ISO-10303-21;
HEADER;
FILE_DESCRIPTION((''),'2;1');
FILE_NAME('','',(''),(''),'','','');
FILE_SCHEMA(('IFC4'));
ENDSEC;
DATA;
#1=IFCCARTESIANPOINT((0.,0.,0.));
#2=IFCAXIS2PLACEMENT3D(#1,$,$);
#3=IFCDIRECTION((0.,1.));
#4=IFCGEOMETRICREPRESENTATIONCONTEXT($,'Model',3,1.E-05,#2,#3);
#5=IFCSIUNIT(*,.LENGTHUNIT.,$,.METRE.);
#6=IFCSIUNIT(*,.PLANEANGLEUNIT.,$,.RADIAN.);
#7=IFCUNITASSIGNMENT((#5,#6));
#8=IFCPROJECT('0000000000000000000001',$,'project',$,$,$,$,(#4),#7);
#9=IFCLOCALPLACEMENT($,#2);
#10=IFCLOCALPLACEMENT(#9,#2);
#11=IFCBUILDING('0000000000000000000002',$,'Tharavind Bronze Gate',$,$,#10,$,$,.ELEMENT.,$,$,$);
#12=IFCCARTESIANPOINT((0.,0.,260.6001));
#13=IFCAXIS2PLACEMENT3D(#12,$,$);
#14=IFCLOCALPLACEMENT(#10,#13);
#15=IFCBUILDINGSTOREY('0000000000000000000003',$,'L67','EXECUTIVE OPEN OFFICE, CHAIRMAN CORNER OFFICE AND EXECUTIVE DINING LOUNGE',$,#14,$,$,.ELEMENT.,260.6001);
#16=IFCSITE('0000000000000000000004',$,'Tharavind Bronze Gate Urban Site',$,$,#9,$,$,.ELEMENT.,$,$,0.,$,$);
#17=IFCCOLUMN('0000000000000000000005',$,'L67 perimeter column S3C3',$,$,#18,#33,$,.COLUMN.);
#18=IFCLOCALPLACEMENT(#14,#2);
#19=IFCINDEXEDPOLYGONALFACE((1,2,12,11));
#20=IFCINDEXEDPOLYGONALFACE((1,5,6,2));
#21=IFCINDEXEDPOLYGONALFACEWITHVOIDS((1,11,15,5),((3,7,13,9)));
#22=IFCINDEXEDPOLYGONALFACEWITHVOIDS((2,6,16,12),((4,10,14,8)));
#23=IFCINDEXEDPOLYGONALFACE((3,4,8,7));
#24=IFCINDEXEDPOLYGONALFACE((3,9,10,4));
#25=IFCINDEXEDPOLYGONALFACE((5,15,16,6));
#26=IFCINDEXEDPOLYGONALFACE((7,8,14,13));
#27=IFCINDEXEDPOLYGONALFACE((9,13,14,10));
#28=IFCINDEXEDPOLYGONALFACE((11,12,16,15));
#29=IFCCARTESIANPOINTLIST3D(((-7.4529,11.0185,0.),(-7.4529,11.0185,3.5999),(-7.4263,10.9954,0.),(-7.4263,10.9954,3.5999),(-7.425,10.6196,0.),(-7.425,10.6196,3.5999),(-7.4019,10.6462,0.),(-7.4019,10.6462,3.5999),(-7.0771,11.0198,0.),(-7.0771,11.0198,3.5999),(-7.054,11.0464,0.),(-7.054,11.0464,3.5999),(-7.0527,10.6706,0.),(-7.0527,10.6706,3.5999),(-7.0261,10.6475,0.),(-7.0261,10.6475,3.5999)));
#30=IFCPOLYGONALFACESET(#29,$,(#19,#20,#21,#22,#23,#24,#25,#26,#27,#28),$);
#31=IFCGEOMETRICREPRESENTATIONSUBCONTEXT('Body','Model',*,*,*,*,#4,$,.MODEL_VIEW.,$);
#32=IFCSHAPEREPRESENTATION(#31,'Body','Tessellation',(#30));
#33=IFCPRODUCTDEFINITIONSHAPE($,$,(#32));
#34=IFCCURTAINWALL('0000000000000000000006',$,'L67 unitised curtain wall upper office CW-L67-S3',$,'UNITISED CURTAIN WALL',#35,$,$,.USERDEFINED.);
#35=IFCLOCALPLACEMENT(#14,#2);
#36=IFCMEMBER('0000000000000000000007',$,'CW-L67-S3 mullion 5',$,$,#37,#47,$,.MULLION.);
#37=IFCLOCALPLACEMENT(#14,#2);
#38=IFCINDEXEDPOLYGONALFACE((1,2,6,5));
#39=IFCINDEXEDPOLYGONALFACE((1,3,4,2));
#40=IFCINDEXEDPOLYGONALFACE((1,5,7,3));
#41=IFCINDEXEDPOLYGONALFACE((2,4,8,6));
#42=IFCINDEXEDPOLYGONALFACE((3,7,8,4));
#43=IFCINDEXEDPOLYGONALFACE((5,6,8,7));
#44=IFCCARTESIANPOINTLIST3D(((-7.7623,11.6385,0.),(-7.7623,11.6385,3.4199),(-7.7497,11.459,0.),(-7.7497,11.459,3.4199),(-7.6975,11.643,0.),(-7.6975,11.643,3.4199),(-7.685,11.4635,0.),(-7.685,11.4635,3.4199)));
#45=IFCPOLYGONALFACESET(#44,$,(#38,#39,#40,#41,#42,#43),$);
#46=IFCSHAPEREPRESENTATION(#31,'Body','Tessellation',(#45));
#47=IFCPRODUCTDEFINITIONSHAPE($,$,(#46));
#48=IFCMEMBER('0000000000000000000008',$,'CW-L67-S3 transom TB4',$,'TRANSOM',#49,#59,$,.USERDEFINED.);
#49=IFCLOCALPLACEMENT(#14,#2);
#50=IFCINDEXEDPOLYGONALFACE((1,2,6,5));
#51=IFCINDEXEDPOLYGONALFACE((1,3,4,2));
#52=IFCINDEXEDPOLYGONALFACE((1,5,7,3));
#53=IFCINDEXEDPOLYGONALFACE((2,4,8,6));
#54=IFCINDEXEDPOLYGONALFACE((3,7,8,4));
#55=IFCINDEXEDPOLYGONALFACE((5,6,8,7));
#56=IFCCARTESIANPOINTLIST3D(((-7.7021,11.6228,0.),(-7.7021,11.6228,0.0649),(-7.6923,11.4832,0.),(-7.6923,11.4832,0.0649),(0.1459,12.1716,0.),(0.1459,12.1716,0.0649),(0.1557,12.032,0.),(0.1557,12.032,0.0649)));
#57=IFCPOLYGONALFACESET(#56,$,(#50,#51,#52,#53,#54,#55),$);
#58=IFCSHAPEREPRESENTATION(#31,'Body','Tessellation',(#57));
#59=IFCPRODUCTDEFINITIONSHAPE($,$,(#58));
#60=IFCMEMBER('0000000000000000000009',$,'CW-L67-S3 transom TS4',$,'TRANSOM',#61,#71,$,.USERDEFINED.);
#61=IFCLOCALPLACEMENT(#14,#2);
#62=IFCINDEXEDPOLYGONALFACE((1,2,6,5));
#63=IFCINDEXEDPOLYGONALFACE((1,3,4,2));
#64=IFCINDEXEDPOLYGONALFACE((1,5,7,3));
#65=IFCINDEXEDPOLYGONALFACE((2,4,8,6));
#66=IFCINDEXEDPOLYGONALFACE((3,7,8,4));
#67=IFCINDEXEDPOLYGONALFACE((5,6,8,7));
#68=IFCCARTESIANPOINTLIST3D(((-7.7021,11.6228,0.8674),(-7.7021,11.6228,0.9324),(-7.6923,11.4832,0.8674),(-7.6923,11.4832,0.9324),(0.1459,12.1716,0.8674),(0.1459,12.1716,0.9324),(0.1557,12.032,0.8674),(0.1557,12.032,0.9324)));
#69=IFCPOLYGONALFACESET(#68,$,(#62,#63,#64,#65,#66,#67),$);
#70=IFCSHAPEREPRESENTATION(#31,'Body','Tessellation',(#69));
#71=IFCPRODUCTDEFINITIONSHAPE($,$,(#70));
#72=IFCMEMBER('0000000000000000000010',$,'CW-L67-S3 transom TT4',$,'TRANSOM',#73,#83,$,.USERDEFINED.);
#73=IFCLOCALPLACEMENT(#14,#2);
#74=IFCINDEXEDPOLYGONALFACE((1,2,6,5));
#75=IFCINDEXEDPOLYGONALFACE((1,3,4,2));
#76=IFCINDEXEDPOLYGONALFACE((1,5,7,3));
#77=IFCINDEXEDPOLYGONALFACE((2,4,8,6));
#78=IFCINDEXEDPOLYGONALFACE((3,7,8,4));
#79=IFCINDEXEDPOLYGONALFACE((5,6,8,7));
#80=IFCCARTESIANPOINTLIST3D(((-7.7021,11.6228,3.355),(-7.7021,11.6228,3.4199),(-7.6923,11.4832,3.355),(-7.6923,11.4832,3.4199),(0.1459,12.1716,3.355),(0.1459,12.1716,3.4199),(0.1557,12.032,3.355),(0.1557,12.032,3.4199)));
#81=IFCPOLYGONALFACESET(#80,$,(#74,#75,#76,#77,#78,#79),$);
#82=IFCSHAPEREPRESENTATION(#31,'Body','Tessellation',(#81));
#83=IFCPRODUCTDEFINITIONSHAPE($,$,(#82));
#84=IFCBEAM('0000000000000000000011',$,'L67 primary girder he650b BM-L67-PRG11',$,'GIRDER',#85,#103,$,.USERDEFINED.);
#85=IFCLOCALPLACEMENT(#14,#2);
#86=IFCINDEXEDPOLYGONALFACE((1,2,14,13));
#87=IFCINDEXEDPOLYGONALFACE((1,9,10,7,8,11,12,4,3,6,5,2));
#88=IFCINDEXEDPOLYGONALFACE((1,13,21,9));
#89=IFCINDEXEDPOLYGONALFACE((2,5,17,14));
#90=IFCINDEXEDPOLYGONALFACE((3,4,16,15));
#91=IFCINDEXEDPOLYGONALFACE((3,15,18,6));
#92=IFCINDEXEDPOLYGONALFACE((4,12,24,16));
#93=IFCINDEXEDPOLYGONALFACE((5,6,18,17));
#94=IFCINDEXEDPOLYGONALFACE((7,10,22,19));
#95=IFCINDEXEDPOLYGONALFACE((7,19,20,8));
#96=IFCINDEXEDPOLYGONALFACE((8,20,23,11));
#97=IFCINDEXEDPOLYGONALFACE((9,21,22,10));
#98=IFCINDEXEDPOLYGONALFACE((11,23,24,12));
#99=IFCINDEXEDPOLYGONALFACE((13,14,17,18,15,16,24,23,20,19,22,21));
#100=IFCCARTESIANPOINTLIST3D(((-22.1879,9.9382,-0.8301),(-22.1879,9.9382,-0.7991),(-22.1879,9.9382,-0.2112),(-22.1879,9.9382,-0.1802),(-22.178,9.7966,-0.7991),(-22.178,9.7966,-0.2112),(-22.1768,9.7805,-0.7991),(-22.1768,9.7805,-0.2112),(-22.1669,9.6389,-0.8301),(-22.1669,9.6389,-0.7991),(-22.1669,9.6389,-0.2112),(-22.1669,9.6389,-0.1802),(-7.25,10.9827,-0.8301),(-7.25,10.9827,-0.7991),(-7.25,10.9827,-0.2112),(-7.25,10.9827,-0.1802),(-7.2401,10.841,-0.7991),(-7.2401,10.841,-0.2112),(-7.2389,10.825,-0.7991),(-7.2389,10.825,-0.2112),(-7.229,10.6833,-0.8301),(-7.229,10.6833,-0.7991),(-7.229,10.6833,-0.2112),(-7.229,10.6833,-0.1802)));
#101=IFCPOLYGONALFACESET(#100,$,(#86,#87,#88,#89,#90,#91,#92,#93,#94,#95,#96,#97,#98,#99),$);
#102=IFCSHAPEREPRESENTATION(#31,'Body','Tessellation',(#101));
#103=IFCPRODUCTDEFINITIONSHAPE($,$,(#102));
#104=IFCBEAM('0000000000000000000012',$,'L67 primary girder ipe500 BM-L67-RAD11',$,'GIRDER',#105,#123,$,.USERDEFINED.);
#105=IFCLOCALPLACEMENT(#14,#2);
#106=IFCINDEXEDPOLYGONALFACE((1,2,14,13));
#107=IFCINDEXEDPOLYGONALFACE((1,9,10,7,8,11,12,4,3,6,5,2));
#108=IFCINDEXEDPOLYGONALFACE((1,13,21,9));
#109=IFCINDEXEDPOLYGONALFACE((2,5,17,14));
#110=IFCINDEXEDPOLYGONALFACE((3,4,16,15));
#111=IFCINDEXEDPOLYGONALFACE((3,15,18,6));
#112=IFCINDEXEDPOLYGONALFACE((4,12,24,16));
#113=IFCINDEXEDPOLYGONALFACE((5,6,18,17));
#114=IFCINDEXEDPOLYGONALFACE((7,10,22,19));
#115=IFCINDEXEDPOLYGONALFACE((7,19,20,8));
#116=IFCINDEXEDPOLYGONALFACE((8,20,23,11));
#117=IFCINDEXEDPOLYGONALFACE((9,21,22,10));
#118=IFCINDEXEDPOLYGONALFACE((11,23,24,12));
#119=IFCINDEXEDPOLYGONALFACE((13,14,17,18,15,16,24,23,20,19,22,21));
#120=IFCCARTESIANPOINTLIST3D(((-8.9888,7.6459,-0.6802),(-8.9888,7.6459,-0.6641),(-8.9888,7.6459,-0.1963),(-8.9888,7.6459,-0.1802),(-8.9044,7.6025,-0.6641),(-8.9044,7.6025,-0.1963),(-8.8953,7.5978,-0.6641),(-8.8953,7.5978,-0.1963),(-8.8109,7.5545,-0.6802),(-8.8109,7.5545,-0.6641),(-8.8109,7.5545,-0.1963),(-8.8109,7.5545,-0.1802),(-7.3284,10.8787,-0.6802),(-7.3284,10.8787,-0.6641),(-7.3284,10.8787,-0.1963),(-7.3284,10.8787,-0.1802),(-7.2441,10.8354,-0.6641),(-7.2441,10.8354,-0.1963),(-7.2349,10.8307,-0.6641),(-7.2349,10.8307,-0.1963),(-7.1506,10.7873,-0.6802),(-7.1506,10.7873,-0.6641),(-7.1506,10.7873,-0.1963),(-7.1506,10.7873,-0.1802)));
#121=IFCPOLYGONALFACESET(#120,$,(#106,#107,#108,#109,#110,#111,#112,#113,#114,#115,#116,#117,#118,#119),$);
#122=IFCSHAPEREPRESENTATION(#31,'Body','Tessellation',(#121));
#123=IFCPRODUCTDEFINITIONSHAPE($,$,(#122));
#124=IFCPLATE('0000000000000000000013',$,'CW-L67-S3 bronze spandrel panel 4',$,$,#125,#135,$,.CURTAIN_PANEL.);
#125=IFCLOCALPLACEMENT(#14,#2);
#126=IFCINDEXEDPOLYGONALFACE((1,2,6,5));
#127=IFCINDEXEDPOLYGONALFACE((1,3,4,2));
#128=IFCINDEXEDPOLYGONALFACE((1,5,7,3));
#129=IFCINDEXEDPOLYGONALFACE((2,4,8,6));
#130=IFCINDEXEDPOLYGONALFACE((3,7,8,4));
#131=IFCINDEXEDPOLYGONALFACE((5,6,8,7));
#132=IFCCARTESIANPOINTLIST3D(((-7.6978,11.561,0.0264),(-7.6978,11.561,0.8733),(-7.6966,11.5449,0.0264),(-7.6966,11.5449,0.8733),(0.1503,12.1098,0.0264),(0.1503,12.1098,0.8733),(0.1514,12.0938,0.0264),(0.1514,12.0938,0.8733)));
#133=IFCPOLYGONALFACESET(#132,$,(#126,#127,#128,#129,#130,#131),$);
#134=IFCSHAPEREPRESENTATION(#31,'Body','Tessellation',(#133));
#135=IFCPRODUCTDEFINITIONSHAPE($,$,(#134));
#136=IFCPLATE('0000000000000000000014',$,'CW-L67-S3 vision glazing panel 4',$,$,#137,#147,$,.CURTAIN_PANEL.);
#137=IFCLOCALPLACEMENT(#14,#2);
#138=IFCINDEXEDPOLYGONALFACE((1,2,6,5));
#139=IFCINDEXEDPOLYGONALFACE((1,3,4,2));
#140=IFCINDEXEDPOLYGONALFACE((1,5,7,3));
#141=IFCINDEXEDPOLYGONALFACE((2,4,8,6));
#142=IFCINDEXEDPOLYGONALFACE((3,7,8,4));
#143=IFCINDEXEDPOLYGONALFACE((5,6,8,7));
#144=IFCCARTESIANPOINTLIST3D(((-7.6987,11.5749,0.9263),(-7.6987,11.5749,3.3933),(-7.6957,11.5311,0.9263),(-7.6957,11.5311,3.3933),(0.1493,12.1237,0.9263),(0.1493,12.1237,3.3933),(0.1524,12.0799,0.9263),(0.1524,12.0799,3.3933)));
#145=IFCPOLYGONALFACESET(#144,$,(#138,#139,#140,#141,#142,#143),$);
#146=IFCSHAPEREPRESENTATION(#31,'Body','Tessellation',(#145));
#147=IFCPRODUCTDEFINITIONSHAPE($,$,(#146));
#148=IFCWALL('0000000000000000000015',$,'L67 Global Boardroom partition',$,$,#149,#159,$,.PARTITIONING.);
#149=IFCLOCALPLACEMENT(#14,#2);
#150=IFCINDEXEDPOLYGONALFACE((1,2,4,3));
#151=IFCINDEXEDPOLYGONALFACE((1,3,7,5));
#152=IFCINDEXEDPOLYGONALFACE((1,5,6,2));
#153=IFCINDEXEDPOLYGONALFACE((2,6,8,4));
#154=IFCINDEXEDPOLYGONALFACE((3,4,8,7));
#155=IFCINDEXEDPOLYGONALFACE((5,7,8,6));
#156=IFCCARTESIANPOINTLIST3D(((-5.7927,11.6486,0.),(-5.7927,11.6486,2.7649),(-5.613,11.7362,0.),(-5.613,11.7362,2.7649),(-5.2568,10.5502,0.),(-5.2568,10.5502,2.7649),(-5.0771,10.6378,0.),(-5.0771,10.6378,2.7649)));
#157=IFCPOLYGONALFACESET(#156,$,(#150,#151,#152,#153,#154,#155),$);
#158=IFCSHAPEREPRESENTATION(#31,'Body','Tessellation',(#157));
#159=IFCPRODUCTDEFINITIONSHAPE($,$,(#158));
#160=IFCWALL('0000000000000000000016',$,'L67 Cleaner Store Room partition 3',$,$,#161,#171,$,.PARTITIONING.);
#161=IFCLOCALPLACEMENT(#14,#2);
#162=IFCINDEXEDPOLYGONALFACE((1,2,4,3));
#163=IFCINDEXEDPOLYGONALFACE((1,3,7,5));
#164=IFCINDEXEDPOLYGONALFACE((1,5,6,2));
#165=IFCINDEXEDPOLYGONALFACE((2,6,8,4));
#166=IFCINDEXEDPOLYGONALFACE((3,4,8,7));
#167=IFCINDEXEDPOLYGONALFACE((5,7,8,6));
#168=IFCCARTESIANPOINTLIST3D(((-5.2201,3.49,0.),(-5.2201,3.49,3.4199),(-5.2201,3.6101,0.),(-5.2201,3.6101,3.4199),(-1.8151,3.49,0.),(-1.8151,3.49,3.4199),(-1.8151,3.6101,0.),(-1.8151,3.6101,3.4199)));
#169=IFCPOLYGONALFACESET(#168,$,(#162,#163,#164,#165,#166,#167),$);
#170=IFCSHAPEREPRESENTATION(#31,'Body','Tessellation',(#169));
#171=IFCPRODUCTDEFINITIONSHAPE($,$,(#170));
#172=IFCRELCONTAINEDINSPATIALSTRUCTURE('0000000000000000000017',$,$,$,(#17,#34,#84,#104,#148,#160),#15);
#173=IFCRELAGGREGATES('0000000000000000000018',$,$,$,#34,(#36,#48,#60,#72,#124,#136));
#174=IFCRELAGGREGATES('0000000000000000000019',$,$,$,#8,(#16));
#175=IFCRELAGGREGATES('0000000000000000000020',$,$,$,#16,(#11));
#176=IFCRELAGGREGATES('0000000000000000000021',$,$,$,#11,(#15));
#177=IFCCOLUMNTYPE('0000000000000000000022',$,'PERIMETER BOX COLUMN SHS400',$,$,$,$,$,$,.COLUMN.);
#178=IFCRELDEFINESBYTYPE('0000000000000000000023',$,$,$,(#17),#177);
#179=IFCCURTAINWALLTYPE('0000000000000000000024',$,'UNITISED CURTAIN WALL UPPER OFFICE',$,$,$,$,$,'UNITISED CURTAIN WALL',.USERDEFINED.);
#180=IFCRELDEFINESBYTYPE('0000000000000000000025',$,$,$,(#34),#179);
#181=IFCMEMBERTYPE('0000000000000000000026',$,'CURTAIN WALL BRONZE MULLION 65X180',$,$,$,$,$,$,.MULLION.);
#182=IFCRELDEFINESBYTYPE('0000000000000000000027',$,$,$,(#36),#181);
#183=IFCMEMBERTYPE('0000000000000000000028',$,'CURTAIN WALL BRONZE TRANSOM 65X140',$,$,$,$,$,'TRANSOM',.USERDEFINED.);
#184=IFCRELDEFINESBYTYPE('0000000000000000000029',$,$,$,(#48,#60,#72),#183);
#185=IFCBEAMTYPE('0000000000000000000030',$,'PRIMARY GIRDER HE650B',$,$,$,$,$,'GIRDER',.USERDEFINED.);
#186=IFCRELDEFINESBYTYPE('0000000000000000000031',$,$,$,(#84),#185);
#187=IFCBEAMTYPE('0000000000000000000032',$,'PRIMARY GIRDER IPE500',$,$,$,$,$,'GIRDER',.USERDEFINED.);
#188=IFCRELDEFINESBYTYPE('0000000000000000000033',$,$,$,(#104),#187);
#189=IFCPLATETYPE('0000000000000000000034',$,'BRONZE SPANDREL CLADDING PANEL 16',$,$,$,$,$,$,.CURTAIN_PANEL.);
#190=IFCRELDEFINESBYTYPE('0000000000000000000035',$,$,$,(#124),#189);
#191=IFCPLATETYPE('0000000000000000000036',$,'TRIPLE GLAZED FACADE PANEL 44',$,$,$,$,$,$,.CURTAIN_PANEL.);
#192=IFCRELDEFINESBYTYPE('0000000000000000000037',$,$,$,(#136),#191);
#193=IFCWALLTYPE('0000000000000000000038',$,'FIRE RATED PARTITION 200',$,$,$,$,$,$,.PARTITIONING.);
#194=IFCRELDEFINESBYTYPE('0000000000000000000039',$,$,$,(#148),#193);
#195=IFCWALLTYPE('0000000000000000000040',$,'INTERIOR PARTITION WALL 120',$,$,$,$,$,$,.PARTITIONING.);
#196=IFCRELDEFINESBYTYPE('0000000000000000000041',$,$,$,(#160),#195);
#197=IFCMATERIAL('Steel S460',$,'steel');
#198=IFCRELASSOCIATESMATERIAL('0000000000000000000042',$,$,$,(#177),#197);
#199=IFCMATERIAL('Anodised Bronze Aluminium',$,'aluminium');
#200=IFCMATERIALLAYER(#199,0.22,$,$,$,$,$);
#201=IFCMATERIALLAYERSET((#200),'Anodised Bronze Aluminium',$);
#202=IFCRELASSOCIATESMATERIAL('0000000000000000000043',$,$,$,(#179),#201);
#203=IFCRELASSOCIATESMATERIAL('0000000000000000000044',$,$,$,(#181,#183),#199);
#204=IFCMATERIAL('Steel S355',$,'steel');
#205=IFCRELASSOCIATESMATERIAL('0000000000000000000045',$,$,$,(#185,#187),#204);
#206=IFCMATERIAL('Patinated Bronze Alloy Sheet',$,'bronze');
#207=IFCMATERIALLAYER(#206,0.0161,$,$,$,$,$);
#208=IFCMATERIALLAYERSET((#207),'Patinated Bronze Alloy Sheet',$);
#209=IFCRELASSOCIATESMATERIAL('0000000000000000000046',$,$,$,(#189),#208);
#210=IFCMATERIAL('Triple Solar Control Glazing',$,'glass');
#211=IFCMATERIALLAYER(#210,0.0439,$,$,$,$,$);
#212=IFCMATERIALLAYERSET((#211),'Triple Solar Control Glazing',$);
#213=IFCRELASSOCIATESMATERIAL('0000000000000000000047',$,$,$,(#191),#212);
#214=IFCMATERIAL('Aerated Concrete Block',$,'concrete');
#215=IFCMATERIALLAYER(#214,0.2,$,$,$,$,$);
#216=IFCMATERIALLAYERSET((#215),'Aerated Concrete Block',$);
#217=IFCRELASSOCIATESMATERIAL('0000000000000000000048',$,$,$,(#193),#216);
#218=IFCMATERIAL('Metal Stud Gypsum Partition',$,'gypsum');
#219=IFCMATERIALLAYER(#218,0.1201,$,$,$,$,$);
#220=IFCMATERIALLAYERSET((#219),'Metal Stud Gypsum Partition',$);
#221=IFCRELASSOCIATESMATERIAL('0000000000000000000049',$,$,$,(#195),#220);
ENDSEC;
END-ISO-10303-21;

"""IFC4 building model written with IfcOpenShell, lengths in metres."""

from ifc_helpers import new_model, si_unit, direction, frame, frame_2d, origin, origin_2d, place, context, subcontext, project, spatial, rectangle, hollow_rectangle, i_section, extrude, material, layer, layer_set, material_profile, profile_set, type_object, element, aggregate, save


model = new_model("IFC4")

# Units and contexts
model_context = context("Model", 3, precision=1e-05, world=origin(), true_north=direction((0.0, 1.0)))
body_context = subcontext(model_context, "Body", "Model", "MODEL_VIEW")
ifc_project = project(units=[si_unit("LENGTHUNIT", "METRE"), si_unit("PLANEANGLEUNIT", "RADIAN")], contexts=[model_context])

# Site, building, storey
site_placement = place(None, origin())
site = spatial("IfcSite", under=ifc_project, at=site_placement, Name="Tharavind Bronze Gate Urban Site", CompositionType="ELEMENT", RefElevation=0.0)
building_placement = place(site_placement, origin())
building = spatial("IfcBuilding", under=site, at=building_placement, Name="Tharavind Bronze Gate", CompositionType="ELEMENT")
storey_placement = place(building_placement, frame((0.0, 0.0, 260.6001)))
storey = spatial("IfcBuildingStorey", under=building, at=storey_placement, Name="L67", Description="EXECUTIVE OPEN OFFICE, CHAIRMAN CORNER OFFICE AND EXECUTIVE DINING LOUNGE", CompositionType="ELEMENT", Elevation=260.6001)

# Column
ifc_material_1 = material(Name="Steel S460", Category="steel")
ifc_material_profile_1 = material_profile(ifc_material_1, hollow_rectangle(XDim=0.3999, YDim=0.3999, WallThickness=0.0249, at=origin_2d()), Name="SHS400X25")
ifc_profile_set_1 = profile_set([ifc_material_profile_1], Name="Steel S460")
column_type = type_object("IfcColumnType", Name="PERIMETER BOX COLUMN SHS400", PredefinedType="COLUMN", material=ifc_profile_set_1)
column_placement = place(storey_placement, frame((-7.2395, 10.833, 0.0), z_axis=(0.0, 0.0, 1.0), x_axis=(0.997564, 0.069758, 0.0)))
element("IfcColumn", 1, at=column_placement, inside=storey, type_object=column_type, Name="L67 perimeter column S3C3", PredefinedType="COLUMN", context=body_context, shape_type="SweptSolid", body=[
    extrude(hollow_rectangle(XDim=0.3999, YDim=0.3999, WallThickness=0.0249, at=origin_2d()), origin(), (0.0, 0.0, 1.0), 3.5999),
])

# Curtain wall, members
ifc_material_2 = material(Name="Anodised Bronze Aluminium", Category="aluminium")
ifc_layer_1 = layer(ifc_material_2, 0.22)
ifc_layer_set_1 = layer_set([ifc_layer_1], Name="Anodised Bronze Aluminium")
curtain_wall_type = type_object("IfcCurtainWallType", Name="UNITISED CURTAIN WALL UPPER OFFICE", ElementType="UNITISED CURTAIN WALL", PredefinedType="USERDEFINED", material=ifc_layer_set_1)
curtain_wall_placement = place(storey_placement, origin())
curtain_wall = element("IfcCurtainWall", 2, at=curtain_wall_placement, inside=storey, type_object=curtain_wall_type, Name="L67 unitised curtain wall upper office CW-L67-S3", ObjectType="UNITISED CURTAIN WALL", PredefinedType="USERDEFINED")
member_type_1 = type_object("IfcMemberType", Name="CURTAIN WALL BRONZE MULLION 65X180", PredefinedType="MULLION", material=ifc_material_2)
member_1_placement = place(storey_placement, frame((-7.7236, 11.551, 0.0), z_axis=(0.0, 0.0, 1.0), x_axis=(-0.997564, -0.06976, 0.0)))
member_1 = element("IfcMember", 3, at=member_1_placement, type_object=member_type_1, Name="CW-L67-S3 mullion 5", PredefinedType="MULLION", context=body_context, shape_type="SweptSolid", body=[
    extrude(rectangle(XDim=0.0649, YDim=0.1799, at=origin_2d()), origin(), (0.0, 0.0, 1.0), 3.4199),
])
member_type_2 = type_object("IfcMemberType", Name="CURTAIN WALL BRONZE TRANSOM 65X140", ElementType="TRANSOM", PredefinedType="USERDEFINED", material=ifc_material_2)
member_2_placement = place(storey_placement, frame((-3.7732, 11.8274, 0.0), z_axis=(0.0, 0.0, 1.0), x_axis=(-0.997564, -0.06976, 0.0)))
member_2 = element("IfcMember", 4, at=member_2_placement, type_object=member_type_2, Name="CW-L67-S3 transom TB4", ObjectType="TRANSOM", PredefinedType="USERDEFINED", context=body_context, shape_type="SweptSolid", body=[
    extrude(rectangle(XDim=7.8672, YDim=0.1399, at=origin_2d()), origin(), (0.0, 0.0, 1.0), 0.0649),
])
member_3_placement = place(storey_placement, frame((-3.7732, 11.8274, 0.8674), z_axis=(0.0, 0.0, 1.0), x_axis=(-0.997564, -0.06976, 0.0)))
member_3 = element("IfcMember", 5, at=member_3_placement, type_object=member_type_2, Name="CW-L67-S3 transom TS4", ObjectType="TRANSOM", PredefinedType="USERDEFINED", context=body_context, shape_type="SweptSolid", body=[
    extrude(rectangle(XDim=7.8672, YDim=0.1399, at=origin_2d()), origin(), (0.0, 0.0, 1.0), 0.0649),
])
member_4_placement = place(storey_placement, frame((-3.7732, 11.8274, 3.355), z_axis=(0.0, 0.0, 1.0), x_axis=(-0.997564, -0.06976, 0.0)))
member_4 = element("IfcMember", 6, at=member_4_placement, type_object=member_type_2, Name="CW-L67-S3 transom TT4", ObjectType="TRANSOM", PredefinedType="USERDEFINED", context=body_context, shape_type="SweptSolid", body=[
    extrude(rectangle(XDim=7.8672, YDim=0.1399, at=origin_2d()), origin(), (0.0, 0.0, 1.0), 0.0649),
])

# Beams
ifc_material_3 = material(Name="Steel S355", Category="steel")
ifc_material_profile_2 = material_profile(ifc_material_3, i_section(OverallWidth=0.3, OverallDepth=0.6499, WebThickness=0.0161, FlangeThickness=0.031, at=origin_2d()), Name="HE650B")
ifc_profile_set_2 = profile_set([ifc_material_profile_2], Name="Steel S355")
beam_type_1 = type_object("IfcBeamType", Name="PRIMARY GIRDER HE650B", ElementType="GIRDER", PredefinedType="USERDEFINED", material=ifc_profile_set_2)
beam_1_placement = place(storey_placement, frame((-7.2395, 10.833, -0.5051), z_axis=(-0.997565, -0.069748, 0.0), x_axis=(0.069748, -0.997565, 0.0)))
element("IfcBeam", 7, at=beam_1_placement, inside=storey, type_object=beam_type_1, Name="L67 primary girder he650b BM-L67-PRG11", ObjectType="GIRDER", PredefinedType="USERDEFINED", context=body_context, shape_type="SweptSolid", body=[
    extrude(i_section(OverallWidth=0.3, OverallDepth=0.6499, WebThickness=0.0161, FlangeThickness=0.031, at=origin_2d()), origin(), (0.0, 0.0, 1.0), 14.9744),
])
ifc_material_profile_3 = material_profile(ifc_material_3, i_section(OverallWidth=0.2, OverallDepth=0.5, WebThickness=0.0103, FlangeThickness=0.0161, at=origin_2d()), Name="IPE500")
ifc_profile_set_3 = profile_set([ifc_material_profile_3], Name="Steel S355")
beam_type_2 = type_object("IfcBeamType", Name="PRIMARY GIRDER IPE500", ElementType="GIRDER", PredefinedType="USERDEFINED", material=ifc_profile_set_3)
beam_2_placement = place(storey_placement, frame((-7.2395, 10.833, -0.4302), z_axis=(-0.456861, -0.889538, 0.0), x_axis=(0.889538, -0.456861, 0.0)))
element("IfcBeam", 8, at=beam_2_placement, inside=storey, type_object=beam_type_2, Name="L67 primary girder ipe500 BM-L67-RAD11", ObjectType="GIRDER", PredefinedType="USERDEFINED", context=body_context, shape_type="SweptSolid", body=[
    extrude(i_section(OverallWidth=0.2, OverallDepth=0.5, WebThickness=0.0103, FlangeThickness=0.0161, at=origin_2d()), origin(), (0.0, 0.0, 1.0), 3.6343),
])

# Plates
ifc_material_4 = material(Name="Patinated Bronze Alloy Sheet", Category="bronze")
ifc_layer_2 = layer(ifc_material_4, 0.0161)
ifc_layer_set_2 = layer_set([ifc_layer_2], Name="Patinated Bronze Alloy Sheet")
plate_type_1 = type_object("IfcPlateType", Name="BRONZE SPANDREL CLADDING PANEL 16", PredefinedType="CURTAIN_PANEL", material=ifc_layer_set_2)
plate_1_placement = place(storey_placement, frame((-3.7732, 11.8274, 0.0264), z_axis=(0.0, 0.0, 1.0), x_axis=(-0.997564, -0.06976, 0.0)))
plate_1 = element("IfcPlate", 9, at=plate_1_placement, type_object=plate_type_1, Name="CW-L67-S3 bronze spandrel panel 4", PredefinedType="CURTAIN_PANEL", context=body_context, shape_type="SweptSolid", body=[
    extrude(rectangle(XDim=7.8672, YDim=0.0161, at=origin_2d()), origin(), (0.0, 0.0, 1.0), 0.8469),
])
ifc_material_5 = material(Name="Triple Solar Control Glazing", Category="glass")
ifc_layer_3 = layer(ifc_material_5, 0.0439)
ifc_layer_set_3 = layer_set([ifc_layer_3], Name="Triple Solar Control Glazing")
plate_type_2 = type_object("IfcPlateType", Name="TRIPLE GLAZED FACADE PANEL 44", PredefinedType="CURTAIN_PANEL", material=ifc_layer_set_3)
plate_2_placement = place(storey_placement, frame((-3.7732, 11.8274, 0.9263), z_axis=(0.0, 0.0, 1.0), x_axis=(-0.997564, -0.06976, 0.0)))
plate_2 = element("IfcPlate", 10, at=plate_2_placement, type_object=plate_type_2, Name="CW-L67-S3 vision glazing panel 4", PredefinedType="CURTAIN_PANEL", context=body_context, shape_type="SweptSolid", body=[
    extrude(rectangle(XDim=7.8672, YDim=0.0439, at=origin_2d()), origin(), (0.0, 0.0, 1.0), 2.467),
])
aggregate(curtain_wall, [member_1, member_2, member_3, member_4, plate_1, plate_2])

# Wall
ifc_material_6 = material(Name="Aerated Concrete Block", Category="concrete")
ifc_layer_4 = layer(ifc_material_6, 0.2)
ifc_layer_set_4 = layer_set([ifc_layer_4], Name="Aerated Concrete Block")
wall_type_1 = type_object("IfcWallType", Name="FIRE RATED PARTITION 200", PredefinedType="PARTITIONING", material=ifc_layer_set_4)
wall_1_placement = place(storey_placement, frame((-5.167, 10.594, 0.0), z_axis=(0.0, 0.0, 1.0), x_axis=(-0.438483, 0.89874, 0.0)))
element("IfcWall", 11, at=wall_1_placement, inside=storey, type_object=wall_type_1, Name="L67 Global Boardroom partition", PredefinedType="PARTITIONING", context=body_context, shape_type="SweptSolid", body=[
    extrude(rectangle(XDim=1.2222, YDim=0.2, at=frame_2d((0.6111, 0.0))), origin(), (0.0, 0.0, 1.0), 2.7649),
])

# Wall
ifc_material_7 = material(Name="Metal Stud Gypsum Partition", Category="gypsum")
ifc_layer_5 = layer(ifc_material_7, 0.1201)
ifc_layer_set_5 = layer_set([ifc_layer_5], Name="Metal Stud Gypsum Partition")
wall_type_2 = type_object("IfcWallType", Name="INTERIOR PARTITION WALL 120", PredefinedType="PARTITIONING", material=ifc_layer_set_5)
wall_2_placement = place(storey_placement, frame((-1.8149, 3.55, 0.0), z_axis=(0.0, 0.0, 1.0), x_axis=(-1.0, 0.0, 0.0)))
element("IfcWall", 12, at=wall_2_placement, inside=storey, type_object=wall_type_2, Name="L67 Cleaner Store Room partition 3", PredefinedType="PARTITIONING", context=body_context, shape_type="SweptSolid", body=[
    extrude(rectangle(XDim=3.405, YDim=0.1201, at=frame_2d((1.7026, 0.0))), origin(), (0.0, 0.0, 1.0), 3.4199),
])

save(model, "model.ifc")
